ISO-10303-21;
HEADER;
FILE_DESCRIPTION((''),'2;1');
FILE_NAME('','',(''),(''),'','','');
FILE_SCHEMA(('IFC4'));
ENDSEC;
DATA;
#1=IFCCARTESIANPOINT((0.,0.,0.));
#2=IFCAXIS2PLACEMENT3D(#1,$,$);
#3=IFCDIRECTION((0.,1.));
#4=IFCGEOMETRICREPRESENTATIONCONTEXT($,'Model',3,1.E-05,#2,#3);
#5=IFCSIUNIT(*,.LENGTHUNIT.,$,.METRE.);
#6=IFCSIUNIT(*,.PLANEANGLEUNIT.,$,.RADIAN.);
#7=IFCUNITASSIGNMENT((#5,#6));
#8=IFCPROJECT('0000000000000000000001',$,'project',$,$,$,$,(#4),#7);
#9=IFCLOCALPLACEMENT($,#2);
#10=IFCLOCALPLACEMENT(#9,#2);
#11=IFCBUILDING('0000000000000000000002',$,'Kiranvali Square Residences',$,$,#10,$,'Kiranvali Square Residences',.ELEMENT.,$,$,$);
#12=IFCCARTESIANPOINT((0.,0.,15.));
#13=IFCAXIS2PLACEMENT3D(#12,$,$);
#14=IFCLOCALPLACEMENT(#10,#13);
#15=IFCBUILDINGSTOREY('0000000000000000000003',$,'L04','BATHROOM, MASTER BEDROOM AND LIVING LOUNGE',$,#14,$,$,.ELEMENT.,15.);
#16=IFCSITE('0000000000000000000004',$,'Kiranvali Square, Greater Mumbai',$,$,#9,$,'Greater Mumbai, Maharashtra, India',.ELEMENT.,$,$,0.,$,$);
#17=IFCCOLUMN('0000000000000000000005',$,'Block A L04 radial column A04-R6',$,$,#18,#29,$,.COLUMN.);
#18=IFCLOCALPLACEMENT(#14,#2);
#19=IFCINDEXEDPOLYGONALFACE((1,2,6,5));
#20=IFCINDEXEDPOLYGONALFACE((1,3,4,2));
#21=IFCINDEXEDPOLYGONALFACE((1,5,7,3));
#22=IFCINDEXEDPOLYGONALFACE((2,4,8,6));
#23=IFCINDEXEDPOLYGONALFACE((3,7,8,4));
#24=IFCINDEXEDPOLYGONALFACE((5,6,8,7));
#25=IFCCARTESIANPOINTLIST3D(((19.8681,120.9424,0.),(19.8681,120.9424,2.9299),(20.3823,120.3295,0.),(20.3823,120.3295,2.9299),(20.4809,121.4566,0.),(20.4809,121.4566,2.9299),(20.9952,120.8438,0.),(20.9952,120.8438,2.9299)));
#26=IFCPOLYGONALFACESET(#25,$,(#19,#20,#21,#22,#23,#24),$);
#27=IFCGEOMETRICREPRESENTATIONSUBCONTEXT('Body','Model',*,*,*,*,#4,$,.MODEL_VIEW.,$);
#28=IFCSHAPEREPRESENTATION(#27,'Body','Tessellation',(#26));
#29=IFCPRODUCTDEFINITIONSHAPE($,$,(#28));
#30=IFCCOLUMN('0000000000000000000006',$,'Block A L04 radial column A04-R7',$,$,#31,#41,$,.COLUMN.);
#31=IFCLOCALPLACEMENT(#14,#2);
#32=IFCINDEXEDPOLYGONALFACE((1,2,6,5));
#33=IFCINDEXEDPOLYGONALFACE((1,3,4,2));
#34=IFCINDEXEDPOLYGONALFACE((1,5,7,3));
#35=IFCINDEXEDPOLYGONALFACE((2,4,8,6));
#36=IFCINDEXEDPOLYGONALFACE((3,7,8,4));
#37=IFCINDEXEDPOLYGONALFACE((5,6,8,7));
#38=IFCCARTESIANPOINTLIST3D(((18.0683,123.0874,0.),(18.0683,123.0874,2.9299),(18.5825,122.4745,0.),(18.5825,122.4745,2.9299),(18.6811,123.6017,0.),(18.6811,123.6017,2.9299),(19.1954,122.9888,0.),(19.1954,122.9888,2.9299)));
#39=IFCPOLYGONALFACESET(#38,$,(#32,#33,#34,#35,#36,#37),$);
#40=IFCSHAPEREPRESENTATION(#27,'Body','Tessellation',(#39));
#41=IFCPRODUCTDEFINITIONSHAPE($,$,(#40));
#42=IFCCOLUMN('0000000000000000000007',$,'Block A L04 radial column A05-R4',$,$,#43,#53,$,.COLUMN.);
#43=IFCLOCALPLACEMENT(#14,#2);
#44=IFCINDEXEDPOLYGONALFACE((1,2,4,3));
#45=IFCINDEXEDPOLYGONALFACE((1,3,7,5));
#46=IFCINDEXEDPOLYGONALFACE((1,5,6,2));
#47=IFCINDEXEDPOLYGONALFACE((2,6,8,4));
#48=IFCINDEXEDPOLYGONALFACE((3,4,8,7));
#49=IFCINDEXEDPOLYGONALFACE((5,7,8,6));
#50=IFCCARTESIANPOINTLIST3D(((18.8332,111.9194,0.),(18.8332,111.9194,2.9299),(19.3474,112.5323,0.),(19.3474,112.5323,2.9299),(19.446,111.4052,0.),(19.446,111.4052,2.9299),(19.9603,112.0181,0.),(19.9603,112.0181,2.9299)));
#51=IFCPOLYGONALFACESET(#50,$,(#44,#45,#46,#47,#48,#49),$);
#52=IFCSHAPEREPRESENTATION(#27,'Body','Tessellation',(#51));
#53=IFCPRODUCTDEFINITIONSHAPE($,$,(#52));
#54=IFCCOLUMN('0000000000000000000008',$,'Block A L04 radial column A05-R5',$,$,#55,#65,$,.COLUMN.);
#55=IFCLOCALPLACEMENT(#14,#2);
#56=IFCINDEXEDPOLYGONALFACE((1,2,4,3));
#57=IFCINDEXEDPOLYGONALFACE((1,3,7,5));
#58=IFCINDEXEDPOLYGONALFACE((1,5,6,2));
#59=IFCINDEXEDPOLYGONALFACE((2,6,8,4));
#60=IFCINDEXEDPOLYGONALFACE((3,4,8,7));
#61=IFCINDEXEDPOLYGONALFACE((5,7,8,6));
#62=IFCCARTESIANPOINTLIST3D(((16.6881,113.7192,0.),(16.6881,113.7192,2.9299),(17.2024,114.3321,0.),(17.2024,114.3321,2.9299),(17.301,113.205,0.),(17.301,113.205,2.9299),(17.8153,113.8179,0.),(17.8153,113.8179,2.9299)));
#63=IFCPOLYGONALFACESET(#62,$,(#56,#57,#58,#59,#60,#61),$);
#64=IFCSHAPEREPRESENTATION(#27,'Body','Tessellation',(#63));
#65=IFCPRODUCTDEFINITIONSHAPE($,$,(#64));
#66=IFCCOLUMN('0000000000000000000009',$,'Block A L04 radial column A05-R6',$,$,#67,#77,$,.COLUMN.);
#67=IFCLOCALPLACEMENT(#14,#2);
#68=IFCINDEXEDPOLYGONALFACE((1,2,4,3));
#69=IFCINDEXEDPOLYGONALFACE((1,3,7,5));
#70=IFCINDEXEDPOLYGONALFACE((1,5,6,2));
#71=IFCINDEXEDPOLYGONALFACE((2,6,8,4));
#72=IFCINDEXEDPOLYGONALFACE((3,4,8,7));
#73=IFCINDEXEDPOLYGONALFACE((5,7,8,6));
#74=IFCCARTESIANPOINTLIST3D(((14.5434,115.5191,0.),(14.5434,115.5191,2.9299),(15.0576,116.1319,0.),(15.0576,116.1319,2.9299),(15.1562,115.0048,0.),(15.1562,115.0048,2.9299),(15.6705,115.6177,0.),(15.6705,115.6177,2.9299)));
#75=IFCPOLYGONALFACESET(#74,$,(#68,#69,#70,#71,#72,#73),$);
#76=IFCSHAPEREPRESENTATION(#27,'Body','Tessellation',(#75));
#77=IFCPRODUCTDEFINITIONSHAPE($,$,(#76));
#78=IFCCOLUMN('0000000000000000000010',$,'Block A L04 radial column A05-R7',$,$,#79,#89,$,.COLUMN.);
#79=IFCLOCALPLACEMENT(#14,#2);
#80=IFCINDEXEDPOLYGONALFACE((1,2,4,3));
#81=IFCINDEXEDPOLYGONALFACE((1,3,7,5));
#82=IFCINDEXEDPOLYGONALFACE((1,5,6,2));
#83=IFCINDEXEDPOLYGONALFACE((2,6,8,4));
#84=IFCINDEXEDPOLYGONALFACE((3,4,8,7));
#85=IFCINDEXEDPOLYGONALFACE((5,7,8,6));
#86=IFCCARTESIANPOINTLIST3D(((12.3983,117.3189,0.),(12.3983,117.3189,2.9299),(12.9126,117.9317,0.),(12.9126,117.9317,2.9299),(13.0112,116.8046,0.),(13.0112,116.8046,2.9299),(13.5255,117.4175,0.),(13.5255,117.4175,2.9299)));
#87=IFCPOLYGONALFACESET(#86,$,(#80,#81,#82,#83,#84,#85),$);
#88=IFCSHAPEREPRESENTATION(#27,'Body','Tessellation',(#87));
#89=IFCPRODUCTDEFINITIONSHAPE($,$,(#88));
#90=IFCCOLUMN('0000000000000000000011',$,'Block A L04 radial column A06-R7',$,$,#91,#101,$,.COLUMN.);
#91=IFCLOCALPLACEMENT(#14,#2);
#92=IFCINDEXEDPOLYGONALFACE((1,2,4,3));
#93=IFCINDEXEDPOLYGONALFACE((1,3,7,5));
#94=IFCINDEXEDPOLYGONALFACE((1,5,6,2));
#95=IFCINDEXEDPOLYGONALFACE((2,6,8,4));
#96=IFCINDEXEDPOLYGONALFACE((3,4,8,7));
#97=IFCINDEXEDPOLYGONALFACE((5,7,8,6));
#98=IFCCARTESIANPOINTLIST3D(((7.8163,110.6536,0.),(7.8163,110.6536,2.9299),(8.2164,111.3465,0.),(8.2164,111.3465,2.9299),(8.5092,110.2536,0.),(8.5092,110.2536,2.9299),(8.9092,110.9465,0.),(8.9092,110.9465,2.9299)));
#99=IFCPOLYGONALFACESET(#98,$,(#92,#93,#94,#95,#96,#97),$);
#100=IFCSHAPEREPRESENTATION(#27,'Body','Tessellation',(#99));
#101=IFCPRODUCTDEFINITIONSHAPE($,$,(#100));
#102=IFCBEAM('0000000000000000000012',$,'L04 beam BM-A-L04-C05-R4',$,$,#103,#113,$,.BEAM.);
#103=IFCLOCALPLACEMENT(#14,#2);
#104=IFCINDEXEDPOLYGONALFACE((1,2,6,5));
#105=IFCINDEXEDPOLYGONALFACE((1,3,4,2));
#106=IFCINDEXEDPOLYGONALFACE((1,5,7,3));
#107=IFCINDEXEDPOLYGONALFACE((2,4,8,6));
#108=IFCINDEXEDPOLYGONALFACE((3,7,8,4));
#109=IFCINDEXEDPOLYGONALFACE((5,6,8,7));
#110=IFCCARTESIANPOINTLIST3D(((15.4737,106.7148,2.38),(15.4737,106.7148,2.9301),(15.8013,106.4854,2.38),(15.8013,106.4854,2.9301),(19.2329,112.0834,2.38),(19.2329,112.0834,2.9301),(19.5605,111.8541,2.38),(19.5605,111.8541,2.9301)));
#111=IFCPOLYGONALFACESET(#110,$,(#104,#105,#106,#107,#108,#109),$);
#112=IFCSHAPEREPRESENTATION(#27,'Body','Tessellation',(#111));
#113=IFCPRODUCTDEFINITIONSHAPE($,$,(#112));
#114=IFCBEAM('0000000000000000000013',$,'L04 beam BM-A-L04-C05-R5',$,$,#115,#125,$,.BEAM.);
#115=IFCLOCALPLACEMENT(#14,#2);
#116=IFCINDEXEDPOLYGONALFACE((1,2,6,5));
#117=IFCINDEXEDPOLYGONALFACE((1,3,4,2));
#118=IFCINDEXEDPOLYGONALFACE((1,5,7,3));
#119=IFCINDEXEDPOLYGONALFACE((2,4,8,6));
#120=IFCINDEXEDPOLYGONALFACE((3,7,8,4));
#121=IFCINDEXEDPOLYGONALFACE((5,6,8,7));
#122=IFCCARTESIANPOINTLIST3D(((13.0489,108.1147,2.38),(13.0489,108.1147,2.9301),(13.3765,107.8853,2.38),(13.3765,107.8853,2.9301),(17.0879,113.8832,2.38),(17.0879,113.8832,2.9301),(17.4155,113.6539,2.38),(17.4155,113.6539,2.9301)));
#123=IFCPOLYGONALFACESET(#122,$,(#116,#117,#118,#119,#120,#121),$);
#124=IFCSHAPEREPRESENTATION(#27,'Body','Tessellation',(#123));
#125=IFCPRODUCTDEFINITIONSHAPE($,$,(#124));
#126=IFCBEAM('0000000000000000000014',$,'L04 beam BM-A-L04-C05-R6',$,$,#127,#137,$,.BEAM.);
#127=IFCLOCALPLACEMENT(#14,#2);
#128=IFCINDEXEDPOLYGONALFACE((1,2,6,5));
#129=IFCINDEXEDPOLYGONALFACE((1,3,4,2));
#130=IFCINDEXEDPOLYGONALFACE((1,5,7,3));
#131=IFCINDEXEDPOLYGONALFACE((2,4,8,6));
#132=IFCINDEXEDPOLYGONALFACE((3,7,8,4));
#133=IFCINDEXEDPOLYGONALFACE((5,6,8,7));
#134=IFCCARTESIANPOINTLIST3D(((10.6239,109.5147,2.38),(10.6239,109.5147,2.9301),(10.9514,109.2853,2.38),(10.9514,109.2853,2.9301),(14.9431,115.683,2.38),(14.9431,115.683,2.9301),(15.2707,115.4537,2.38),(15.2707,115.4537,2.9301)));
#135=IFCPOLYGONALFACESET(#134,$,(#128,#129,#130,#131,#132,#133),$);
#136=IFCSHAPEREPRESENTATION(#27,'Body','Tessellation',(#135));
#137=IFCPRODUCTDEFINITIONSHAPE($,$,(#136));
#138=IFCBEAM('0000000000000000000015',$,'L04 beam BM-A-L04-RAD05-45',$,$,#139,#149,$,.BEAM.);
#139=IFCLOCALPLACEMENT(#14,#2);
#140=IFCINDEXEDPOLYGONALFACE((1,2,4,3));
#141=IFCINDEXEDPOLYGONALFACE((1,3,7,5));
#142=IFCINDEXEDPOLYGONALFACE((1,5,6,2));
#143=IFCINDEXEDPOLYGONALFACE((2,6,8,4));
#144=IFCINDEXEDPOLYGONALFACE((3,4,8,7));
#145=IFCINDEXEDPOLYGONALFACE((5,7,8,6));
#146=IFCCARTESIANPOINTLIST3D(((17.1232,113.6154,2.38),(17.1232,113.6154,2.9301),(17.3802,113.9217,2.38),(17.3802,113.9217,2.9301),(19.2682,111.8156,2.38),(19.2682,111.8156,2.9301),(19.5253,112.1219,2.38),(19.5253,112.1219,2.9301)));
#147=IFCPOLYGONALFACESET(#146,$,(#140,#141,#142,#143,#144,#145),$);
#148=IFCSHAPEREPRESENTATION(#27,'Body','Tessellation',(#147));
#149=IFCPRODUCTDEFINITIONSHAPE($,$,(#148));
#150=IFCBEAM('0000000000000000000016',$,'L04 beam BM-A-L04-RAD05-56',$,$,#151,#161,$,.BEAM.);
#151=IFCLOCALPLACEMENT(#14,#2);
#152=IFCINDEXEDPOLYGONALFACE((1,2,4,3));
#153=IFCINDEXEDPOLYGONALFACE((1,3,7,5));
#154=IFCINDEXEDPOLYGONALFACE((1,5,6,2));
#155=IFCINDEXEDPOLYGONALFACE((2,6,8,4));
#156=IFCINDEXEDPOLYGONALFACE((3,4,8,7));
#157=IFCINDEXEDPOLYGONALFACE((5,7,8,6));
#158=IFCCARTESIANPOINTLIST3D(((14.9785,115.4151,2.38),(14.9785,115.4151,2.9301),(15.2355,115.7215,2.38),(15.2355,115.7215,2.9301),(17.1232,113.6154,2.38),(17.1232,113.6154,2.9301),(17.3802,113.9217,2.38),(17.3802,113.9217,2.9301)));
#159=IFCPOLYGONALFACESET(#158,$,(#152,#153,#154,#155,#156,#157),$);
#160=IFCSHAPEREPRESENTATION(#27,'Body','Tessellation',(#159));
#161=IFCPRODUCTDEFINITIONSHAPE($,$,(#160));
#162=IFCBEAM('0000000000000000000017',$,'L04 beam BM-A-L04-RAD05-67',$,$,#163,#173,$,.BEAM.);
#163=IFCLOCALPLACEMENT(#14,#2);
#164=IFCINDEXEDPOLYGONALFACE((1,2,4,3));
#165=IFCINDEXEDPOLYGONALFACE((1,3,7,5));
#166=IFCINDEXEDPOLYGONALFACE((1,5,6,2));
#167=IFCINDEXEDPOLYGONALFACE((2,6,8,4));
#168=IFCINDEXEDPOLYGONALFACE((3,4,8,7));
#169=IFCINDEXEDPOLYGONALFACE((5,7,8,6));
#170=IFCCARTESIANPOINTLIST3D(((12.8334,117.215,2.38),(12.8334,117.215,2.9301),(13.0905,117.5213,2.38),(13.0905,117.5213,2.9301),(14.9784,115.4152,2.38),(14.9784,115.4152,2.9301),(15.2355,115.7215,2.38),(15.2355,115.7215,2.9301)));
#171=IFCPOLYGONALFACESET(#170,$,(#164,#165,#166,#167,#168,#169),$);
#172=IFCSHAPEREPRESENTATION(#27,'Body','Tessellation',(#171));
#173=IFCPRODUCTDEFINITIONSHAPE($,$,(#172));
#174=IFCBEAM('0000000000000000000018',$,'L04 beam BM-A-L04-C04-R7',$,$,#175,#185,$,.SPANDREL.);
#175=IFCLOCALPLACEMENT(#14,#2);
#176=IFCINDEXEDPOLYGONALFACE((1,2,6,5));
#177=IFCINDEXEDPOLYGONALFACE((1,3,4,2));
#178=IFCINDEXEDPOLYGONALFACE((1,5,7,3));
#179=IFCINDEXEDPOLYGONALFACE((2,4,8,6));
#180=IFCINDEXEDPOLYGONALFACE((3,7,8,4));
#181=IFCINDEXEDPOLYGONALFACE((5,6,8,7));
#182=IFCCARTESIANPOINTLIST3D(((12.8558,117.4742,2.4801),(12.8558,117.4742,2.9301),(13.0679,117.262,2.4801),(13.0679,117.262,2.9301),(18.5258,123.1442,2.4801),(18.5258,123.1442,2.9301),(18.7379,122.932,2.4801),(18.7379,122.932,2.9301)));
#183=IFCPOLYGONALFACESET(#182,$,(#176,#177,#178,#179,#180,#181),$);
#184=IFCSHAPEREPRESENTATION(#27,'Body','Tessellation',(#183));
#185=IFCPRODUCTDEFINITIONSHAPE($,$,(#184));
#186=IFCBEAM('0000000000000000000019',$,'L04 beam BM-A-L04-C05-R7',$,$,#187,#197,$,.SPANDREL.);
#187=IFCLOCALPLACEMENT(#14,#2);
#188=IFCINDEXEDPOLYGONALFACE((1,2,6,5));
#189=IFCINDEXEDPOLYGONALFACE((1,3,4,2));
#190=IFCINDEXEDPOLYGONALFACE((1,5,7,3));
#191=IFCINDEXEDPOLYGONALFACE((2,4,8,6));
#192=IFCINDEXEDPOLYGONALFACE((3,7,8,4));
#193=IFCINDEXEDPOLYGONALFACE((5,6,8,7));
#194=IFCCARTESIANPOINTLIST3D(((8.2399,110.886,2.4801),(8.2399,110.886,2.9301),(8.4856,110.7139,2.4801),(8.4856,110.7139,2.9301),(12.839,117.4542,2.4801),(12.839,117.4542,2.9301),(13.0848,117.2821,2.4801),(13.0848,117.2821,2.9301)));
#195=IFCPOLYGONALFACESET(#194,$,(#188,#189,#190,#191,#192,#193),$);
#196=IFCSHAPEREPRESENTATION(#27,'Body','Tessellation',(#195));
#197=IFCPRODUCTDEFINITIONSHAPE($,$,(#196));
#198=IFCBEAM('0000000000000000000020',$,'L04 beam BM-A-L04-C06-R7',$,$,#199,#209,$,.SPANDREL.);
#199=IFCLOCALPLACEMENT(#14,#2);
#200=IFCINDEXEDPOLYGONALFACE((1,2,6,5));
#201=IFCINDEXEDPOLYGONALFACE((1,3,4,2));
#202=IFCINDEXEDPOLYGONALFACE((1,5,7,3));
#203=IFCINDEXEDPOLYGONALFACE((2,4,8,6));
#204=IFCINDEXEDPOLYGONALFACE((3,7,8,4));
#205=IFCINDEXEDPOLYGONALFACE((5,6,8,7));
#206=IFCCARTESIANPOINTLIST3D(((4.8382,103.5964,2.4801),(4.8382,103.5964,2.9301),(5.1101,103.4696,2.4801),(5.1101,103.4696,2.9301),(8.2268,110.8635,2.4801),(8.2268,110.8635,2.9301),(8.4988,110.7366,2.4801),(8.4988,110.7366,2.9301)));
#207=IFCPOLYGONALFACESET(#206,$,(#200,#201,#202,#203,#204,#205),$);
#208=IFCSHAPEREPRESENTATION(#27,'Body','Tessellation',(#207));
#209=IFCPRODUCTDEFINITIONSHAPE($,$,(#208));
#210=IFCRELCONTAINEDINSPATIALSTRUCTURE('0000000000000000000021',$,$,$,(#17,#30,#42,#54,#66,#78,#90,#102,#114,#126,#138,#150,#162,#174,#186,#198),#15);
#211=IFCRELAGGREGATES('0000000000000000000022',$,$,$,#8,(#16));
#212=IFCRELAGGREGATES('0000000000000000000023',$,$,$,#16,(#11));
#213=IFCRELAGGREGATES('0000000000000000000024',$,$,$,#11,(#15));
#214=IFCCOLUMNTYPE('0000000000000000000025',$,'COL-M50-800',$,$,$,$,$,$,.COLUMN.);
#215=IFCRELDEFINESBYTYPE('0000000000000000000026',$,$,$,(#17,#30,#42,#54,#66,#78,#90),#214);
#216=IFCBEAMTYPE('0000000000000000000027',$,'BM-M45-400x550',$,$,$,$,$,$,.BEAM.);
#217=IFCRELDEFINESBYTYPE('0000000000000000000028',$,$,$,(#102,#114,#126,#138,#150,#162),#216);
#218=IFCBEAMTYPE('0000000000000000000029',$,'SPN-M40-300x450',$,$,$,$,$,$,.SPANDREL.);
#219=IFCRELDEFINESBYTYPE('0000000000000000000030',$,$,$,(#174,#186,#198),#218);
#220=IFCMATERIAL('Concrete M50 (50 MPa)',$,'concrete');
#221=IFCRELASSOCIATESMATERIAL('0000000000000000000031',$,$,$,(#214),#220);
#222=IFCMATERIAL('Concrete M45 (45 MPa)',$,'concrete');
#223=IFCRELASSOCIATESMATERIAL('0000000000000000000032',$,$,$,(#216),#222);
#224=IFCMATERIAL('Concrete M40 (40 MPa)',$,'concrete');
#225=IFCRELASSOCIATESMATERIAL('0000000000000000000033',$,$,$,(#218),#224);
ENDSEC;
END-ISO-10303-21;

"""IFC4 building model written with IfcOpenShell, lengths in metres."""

from ifc_helpers import new_model, si_unit, direction, frame, origin, origin_2d, place, context, subcontext, project, spatial, rectangle, extrude, material, material_profile, profile_set, type_object, element, save


model = new_model("IFC4")

# Units and contexts
model_context = context("Model", 3, precision=1e-05, world=origin(), true_north=direction((0.0, 1.0)))
body_context = subcontext(model_context, "Body", "Model", "MODEL_VIEW")
ifc_project = project(units=[si_unit("LENGTHUNIT", "METRE"), si_unit("PLANEANGLEUNIT", "RADIAN")], contexts=[model_context])

# Site, building, storey
site_placement = place(None, origin())
site = spatial("IfcSite", under=ifc_project, at=site_placement, Name="Kiranvali Square, Greater Mumbai", LongName="Greater Mumbai, Maharashtra, India", CompositionType="ELEMENT", RefElevation=0.0)
building_placement = place(site_placement, origin())
building = spatial("IfcBuilding", under=site, at=building_placement, Name="Kiranvali Square Residences", LongName="Kiranvali Square Residences", CompositionType="ELEMENT")
storey_placement = place(building_placement, frame((0.0, 0.0, 15.0)))
storey = spatial("IfcBuildingStorey", under=building, at=storey_placement, Name="L04", Description="BATHROOM, MASTER BEDROOM AND LIVING LOUNGE", CompositionType="ELEMENT", Elevation=15.0)

# Columns
ifc_material_1 = material(Name="Concrete M50 (50 MPa)", Category="concrete")
ifc_material_profile_1 = material_profile(ifc_material_1, rectangle(XDim=0.8, YDim=0.8, at=origin_2d()), Name="RC 800x800")
ifc_profile_set_1 = profile_set([ifc_material_profile_1], Name="Concrete M50 (50 MPa)")
column_type = type_object("IfcColumnType", Name="COL-M50-800", PredefinedType="COLUMN", material=ifc_profile_set_1)
for number, where, z_axis, x_axis, name in (
    (1, (20.4316, 120.8931, 0.0), (0.0, 0.0, 1.0), (0.766044, 0.642788, 0.0), "Block A L04 radial column A04-R6"),
    (2, (18.6318, 123.0381, 0.0), (0.0, 0.0, 1.0), (0.766044, 0.642788, 0.0), "Block A L04 radial column A04-R7"),
    (3, (19.3967, 111.9688, 0.0), (0.0, 0.0, 1.0), (0.642788, 0.766044, 0.0), "Block A L04 radial column A05-R4"),
    (4, (17.2517, 113.7686, 0.0), (0.0, 0.0, 1.0), (0.642788, 0.766044, 0.0), "Block A L04 radial column A05-R5"),
    (5, (15.1069, 115.5684, 0.0), (0.0, 0.0, 1.0), (0.642788, 0.766044, 0.0), "Block A L04 radial column A05-R6"),
    (6, (12.9619, 117.3682, 0.0), (0.0, 0.0, 1.0), (0.642788, 0.766044, 0.0), "Block A L04 radial column A05-R7"),
    (7, (8.3628, 110.8, 0.0), (0.0, 0.0, 1.0), (0.5, 0.866025, 0.0), "Block A L04 radial column A06-R7"),
):
    element("IfcColumn", number, at=place(storey_placement, frame(where, z_axis=z_axis, x_axis=x_axis)), inside=storey, type_object=column_type, Name=name, PredefinedType="COLUMN", context=body_context, shape_type="SweptSolid", body=[
        extrude(rectangle(XDim=0.8, YDim=0.8, at=origin_2d()), origin(), (0.0, 0.0, 1.0), 2.9299),
    ])

# Beams
ifc_material_2 = material(Name="Concrete M45 (45 MPa)", Category="concrete")
ifc_material_profile_2 = material_profile(ifc_material_2, rectangle(XDim=0.3999, YDim=0.55, at=origin_2d()), Name="RC 400x550")
ifc_profile_set_2 = profile_set([ifc_material_profile_2], Name="Concrete M45 (45 MPa)")
beam_type_1 = type_object("IfcBeamType", Name="BM-M45-400x550", PredefinedType="BEAM", material=ifc_profile_set_2)
beam_1_placement = place(storey_placement, frame((19.3967, 111.9688, 2.655), z_axis=(-0.573587, -0.819144, 0.0), x_axis=(0.819144, -0.573587, 0.0)))
element("IfcBeam", 8, at=beam_1_placement, inside=storey, type_object=beam_type_1, Name="L04 beam BM-A-L04-C05-R4", PredefinedType="BEAM", context=body_context, shape_type="SweptSolid", body=[
    extrude(rectangle(XDim=0.3999, YDim=0.55, at=origin_2d()), origin(), (0.0, 0.0, 1.0), 6.554),
])
beam_2_placement = place(storey_placement, frame((17.2517, 113.7686, 2.655), z_axis=(-0.573565, -0.81916, 0.0), x_axis=(0.81916, -0.573565, 0.0)))
element("IfcBeam", 9, at=beam_2_placement, inside=storey, type_object=beam_type_1, Name="L04 beam BM-A-L04-C05-R5", PredefinedType="BEAM", context=body_context, shape_type="SweptSolid", body=[
    extrude(rectangle(XDim=0.3999, YDim=0.55, at=origin_2d()), origin(), (0.0, 0.0, 1.0), 7.042),
])
beam_3_placement = place(storey_placement, frame((15.1069, 115.5684, 2.655), z_axis=(-0.573589, -0.819144, 0.0), x_axis=(0.819144, -0.573589, 0.0)))
element("IfcBeam", 10, at=beam_3_placement, inside=storey, type_object=beam_type_1, Name="L04 beam BM-A-L04-C05-R6", PredefinedType="BEAM", context=body_context, shape_type="SweptSolid", body=[
    extrude(rectangle(XDim=0.3999, YDim=0.55, at=origin_2d()), origin(), (0.0, 0.0, 1.0), 7.5303),
])
beam_4_placement = place(storey_placement, frame((19.3967, 111.9688, 2.655), z_axis=(-0.766059, 0.642771, 0.0), x_axis=(-0.642771, -0.766059, 0.0)))
element("IfcBeam", 11, at=beam_4_placement, inside=storey, type_object=beam_type_1, Name="L04 beam BM-A-L04-RAD05-45", PredefinedType="BEAM", context=body_context, shape_type="SweptSolid", body=[
    extrude(rectangle(XDim=0.3999, YDim=0.55, at=origin_2d()), origin(), (0.0, 0.0, 1.0), 2.8),
])
beam_5_placement = place(storey_placement, frame((17.2517, 113.7686, 2.655), z_axis=(-0.766023, 0.642814, 0.0), x_axis=(-0.642814, -0.766023, 0.0)))
element("IfcBeam", 12, at=beam_5_placement, inside=storey, type_object=beam_type_1, Name="L04 beam BM-A-L04-RAD05-56", PredefinedType="BEAM", context=body_context, shape_type="SweptSolid", body=[
    extrude(rectangle(XDim=0.3999, YDim=0.55, at=origin_2d()), origin(), (0.0, 0.0, 1.0), 2.7998),
])
beam_6_placement = place(storey_placement, frame((15.1069, 115.5684, 2.655), z_axis=(-0.766059, 0.642771, 0.0), x_axis=(-0.642771, -0.766059, 0.0)))
element("IfcBeam", 13, at=beam_6_placement, inside=storey, type_object=beam_type_1, Name="L04 beam BM-A-L04-RAD05-67", PredefinedType="BEAM", context=body_context, shape_type="SweptSolid", body=[
    extrude(rectangle(XDim=0.3999, YDim=0.55, at=origin_2d()), origin(), (0.0, 0.0, 1.0), 2.8),
])
ifc_material_3 = material(Name="Concrete M40 (40 MPa)", Category="concrete")
ifc_material_profile_3 = material_profile(ifc_material_3, rectangle(XDim=0.3, YDim=0.45, at=origin_2d()), Name="RC 300x450")
ifc_profile_set_3 = profile_set([ifc_material_profile_3], Name="Concrete M40 (40 MPa)")
beam_type_2 = type_object("IfcBeamType", Name="SPN-M40-300x450", PredefinedType="SPANDREL", material=ifc_profile_set_3)
beam_7_placement = place(storey_placement, frame((18.6318, 123.0381, 2.7051), z_axis=(-0.707107, -0.707107, 0.0), x_axis=(0.707107, -0.707107, 0.0)))
element("IfcBeam", 14, at=beam_7_placement, inside=storey, type_object=beam_type_2, Name="L04 beam BM-A-L04-C04-R7", PredefinedType="SPANDREL", context=body_context, shape_type="SweptSolid", body=[
    extrude(rectangle(XDim=0.3, YDim=0.45, at=origin_2d()), origin(), (0.0, 0.0, 1.0), 8.0186),
])
for number, where, z_axis, x_axis, name in (
    (15, (12.9619, 117.3682, 2.7051), (-0.573583, -0.819148, 0.0), (0.819148, -0.573583, 0.0), "L04 beam BM-A-L04-C05-R7"),
    (16, (8.3628, 110.8, 2.7051), (-0.422615, -0.906309, 0.0), (0.906309, -0.422615, 0.0), "L04 beam BM-A-L04-C06-R7"),
):
    element("IfcBeam", number, at=place(storey_placement, frame(where, z_axis=z_axis, x_axis=x_axis)), inside=storey, type_object=beam_type_2, Name=name, PredefinedType="SPANDREL", context=body_context, shape_type="SweptSolid", body=[
        extrude(rectangle(XDim=0.3, YDim=0.45, at=origin_2d()), origin(), (0.0, 0.0, 1.0), 8.0183),
    ])

save(model, "model.ifc")
